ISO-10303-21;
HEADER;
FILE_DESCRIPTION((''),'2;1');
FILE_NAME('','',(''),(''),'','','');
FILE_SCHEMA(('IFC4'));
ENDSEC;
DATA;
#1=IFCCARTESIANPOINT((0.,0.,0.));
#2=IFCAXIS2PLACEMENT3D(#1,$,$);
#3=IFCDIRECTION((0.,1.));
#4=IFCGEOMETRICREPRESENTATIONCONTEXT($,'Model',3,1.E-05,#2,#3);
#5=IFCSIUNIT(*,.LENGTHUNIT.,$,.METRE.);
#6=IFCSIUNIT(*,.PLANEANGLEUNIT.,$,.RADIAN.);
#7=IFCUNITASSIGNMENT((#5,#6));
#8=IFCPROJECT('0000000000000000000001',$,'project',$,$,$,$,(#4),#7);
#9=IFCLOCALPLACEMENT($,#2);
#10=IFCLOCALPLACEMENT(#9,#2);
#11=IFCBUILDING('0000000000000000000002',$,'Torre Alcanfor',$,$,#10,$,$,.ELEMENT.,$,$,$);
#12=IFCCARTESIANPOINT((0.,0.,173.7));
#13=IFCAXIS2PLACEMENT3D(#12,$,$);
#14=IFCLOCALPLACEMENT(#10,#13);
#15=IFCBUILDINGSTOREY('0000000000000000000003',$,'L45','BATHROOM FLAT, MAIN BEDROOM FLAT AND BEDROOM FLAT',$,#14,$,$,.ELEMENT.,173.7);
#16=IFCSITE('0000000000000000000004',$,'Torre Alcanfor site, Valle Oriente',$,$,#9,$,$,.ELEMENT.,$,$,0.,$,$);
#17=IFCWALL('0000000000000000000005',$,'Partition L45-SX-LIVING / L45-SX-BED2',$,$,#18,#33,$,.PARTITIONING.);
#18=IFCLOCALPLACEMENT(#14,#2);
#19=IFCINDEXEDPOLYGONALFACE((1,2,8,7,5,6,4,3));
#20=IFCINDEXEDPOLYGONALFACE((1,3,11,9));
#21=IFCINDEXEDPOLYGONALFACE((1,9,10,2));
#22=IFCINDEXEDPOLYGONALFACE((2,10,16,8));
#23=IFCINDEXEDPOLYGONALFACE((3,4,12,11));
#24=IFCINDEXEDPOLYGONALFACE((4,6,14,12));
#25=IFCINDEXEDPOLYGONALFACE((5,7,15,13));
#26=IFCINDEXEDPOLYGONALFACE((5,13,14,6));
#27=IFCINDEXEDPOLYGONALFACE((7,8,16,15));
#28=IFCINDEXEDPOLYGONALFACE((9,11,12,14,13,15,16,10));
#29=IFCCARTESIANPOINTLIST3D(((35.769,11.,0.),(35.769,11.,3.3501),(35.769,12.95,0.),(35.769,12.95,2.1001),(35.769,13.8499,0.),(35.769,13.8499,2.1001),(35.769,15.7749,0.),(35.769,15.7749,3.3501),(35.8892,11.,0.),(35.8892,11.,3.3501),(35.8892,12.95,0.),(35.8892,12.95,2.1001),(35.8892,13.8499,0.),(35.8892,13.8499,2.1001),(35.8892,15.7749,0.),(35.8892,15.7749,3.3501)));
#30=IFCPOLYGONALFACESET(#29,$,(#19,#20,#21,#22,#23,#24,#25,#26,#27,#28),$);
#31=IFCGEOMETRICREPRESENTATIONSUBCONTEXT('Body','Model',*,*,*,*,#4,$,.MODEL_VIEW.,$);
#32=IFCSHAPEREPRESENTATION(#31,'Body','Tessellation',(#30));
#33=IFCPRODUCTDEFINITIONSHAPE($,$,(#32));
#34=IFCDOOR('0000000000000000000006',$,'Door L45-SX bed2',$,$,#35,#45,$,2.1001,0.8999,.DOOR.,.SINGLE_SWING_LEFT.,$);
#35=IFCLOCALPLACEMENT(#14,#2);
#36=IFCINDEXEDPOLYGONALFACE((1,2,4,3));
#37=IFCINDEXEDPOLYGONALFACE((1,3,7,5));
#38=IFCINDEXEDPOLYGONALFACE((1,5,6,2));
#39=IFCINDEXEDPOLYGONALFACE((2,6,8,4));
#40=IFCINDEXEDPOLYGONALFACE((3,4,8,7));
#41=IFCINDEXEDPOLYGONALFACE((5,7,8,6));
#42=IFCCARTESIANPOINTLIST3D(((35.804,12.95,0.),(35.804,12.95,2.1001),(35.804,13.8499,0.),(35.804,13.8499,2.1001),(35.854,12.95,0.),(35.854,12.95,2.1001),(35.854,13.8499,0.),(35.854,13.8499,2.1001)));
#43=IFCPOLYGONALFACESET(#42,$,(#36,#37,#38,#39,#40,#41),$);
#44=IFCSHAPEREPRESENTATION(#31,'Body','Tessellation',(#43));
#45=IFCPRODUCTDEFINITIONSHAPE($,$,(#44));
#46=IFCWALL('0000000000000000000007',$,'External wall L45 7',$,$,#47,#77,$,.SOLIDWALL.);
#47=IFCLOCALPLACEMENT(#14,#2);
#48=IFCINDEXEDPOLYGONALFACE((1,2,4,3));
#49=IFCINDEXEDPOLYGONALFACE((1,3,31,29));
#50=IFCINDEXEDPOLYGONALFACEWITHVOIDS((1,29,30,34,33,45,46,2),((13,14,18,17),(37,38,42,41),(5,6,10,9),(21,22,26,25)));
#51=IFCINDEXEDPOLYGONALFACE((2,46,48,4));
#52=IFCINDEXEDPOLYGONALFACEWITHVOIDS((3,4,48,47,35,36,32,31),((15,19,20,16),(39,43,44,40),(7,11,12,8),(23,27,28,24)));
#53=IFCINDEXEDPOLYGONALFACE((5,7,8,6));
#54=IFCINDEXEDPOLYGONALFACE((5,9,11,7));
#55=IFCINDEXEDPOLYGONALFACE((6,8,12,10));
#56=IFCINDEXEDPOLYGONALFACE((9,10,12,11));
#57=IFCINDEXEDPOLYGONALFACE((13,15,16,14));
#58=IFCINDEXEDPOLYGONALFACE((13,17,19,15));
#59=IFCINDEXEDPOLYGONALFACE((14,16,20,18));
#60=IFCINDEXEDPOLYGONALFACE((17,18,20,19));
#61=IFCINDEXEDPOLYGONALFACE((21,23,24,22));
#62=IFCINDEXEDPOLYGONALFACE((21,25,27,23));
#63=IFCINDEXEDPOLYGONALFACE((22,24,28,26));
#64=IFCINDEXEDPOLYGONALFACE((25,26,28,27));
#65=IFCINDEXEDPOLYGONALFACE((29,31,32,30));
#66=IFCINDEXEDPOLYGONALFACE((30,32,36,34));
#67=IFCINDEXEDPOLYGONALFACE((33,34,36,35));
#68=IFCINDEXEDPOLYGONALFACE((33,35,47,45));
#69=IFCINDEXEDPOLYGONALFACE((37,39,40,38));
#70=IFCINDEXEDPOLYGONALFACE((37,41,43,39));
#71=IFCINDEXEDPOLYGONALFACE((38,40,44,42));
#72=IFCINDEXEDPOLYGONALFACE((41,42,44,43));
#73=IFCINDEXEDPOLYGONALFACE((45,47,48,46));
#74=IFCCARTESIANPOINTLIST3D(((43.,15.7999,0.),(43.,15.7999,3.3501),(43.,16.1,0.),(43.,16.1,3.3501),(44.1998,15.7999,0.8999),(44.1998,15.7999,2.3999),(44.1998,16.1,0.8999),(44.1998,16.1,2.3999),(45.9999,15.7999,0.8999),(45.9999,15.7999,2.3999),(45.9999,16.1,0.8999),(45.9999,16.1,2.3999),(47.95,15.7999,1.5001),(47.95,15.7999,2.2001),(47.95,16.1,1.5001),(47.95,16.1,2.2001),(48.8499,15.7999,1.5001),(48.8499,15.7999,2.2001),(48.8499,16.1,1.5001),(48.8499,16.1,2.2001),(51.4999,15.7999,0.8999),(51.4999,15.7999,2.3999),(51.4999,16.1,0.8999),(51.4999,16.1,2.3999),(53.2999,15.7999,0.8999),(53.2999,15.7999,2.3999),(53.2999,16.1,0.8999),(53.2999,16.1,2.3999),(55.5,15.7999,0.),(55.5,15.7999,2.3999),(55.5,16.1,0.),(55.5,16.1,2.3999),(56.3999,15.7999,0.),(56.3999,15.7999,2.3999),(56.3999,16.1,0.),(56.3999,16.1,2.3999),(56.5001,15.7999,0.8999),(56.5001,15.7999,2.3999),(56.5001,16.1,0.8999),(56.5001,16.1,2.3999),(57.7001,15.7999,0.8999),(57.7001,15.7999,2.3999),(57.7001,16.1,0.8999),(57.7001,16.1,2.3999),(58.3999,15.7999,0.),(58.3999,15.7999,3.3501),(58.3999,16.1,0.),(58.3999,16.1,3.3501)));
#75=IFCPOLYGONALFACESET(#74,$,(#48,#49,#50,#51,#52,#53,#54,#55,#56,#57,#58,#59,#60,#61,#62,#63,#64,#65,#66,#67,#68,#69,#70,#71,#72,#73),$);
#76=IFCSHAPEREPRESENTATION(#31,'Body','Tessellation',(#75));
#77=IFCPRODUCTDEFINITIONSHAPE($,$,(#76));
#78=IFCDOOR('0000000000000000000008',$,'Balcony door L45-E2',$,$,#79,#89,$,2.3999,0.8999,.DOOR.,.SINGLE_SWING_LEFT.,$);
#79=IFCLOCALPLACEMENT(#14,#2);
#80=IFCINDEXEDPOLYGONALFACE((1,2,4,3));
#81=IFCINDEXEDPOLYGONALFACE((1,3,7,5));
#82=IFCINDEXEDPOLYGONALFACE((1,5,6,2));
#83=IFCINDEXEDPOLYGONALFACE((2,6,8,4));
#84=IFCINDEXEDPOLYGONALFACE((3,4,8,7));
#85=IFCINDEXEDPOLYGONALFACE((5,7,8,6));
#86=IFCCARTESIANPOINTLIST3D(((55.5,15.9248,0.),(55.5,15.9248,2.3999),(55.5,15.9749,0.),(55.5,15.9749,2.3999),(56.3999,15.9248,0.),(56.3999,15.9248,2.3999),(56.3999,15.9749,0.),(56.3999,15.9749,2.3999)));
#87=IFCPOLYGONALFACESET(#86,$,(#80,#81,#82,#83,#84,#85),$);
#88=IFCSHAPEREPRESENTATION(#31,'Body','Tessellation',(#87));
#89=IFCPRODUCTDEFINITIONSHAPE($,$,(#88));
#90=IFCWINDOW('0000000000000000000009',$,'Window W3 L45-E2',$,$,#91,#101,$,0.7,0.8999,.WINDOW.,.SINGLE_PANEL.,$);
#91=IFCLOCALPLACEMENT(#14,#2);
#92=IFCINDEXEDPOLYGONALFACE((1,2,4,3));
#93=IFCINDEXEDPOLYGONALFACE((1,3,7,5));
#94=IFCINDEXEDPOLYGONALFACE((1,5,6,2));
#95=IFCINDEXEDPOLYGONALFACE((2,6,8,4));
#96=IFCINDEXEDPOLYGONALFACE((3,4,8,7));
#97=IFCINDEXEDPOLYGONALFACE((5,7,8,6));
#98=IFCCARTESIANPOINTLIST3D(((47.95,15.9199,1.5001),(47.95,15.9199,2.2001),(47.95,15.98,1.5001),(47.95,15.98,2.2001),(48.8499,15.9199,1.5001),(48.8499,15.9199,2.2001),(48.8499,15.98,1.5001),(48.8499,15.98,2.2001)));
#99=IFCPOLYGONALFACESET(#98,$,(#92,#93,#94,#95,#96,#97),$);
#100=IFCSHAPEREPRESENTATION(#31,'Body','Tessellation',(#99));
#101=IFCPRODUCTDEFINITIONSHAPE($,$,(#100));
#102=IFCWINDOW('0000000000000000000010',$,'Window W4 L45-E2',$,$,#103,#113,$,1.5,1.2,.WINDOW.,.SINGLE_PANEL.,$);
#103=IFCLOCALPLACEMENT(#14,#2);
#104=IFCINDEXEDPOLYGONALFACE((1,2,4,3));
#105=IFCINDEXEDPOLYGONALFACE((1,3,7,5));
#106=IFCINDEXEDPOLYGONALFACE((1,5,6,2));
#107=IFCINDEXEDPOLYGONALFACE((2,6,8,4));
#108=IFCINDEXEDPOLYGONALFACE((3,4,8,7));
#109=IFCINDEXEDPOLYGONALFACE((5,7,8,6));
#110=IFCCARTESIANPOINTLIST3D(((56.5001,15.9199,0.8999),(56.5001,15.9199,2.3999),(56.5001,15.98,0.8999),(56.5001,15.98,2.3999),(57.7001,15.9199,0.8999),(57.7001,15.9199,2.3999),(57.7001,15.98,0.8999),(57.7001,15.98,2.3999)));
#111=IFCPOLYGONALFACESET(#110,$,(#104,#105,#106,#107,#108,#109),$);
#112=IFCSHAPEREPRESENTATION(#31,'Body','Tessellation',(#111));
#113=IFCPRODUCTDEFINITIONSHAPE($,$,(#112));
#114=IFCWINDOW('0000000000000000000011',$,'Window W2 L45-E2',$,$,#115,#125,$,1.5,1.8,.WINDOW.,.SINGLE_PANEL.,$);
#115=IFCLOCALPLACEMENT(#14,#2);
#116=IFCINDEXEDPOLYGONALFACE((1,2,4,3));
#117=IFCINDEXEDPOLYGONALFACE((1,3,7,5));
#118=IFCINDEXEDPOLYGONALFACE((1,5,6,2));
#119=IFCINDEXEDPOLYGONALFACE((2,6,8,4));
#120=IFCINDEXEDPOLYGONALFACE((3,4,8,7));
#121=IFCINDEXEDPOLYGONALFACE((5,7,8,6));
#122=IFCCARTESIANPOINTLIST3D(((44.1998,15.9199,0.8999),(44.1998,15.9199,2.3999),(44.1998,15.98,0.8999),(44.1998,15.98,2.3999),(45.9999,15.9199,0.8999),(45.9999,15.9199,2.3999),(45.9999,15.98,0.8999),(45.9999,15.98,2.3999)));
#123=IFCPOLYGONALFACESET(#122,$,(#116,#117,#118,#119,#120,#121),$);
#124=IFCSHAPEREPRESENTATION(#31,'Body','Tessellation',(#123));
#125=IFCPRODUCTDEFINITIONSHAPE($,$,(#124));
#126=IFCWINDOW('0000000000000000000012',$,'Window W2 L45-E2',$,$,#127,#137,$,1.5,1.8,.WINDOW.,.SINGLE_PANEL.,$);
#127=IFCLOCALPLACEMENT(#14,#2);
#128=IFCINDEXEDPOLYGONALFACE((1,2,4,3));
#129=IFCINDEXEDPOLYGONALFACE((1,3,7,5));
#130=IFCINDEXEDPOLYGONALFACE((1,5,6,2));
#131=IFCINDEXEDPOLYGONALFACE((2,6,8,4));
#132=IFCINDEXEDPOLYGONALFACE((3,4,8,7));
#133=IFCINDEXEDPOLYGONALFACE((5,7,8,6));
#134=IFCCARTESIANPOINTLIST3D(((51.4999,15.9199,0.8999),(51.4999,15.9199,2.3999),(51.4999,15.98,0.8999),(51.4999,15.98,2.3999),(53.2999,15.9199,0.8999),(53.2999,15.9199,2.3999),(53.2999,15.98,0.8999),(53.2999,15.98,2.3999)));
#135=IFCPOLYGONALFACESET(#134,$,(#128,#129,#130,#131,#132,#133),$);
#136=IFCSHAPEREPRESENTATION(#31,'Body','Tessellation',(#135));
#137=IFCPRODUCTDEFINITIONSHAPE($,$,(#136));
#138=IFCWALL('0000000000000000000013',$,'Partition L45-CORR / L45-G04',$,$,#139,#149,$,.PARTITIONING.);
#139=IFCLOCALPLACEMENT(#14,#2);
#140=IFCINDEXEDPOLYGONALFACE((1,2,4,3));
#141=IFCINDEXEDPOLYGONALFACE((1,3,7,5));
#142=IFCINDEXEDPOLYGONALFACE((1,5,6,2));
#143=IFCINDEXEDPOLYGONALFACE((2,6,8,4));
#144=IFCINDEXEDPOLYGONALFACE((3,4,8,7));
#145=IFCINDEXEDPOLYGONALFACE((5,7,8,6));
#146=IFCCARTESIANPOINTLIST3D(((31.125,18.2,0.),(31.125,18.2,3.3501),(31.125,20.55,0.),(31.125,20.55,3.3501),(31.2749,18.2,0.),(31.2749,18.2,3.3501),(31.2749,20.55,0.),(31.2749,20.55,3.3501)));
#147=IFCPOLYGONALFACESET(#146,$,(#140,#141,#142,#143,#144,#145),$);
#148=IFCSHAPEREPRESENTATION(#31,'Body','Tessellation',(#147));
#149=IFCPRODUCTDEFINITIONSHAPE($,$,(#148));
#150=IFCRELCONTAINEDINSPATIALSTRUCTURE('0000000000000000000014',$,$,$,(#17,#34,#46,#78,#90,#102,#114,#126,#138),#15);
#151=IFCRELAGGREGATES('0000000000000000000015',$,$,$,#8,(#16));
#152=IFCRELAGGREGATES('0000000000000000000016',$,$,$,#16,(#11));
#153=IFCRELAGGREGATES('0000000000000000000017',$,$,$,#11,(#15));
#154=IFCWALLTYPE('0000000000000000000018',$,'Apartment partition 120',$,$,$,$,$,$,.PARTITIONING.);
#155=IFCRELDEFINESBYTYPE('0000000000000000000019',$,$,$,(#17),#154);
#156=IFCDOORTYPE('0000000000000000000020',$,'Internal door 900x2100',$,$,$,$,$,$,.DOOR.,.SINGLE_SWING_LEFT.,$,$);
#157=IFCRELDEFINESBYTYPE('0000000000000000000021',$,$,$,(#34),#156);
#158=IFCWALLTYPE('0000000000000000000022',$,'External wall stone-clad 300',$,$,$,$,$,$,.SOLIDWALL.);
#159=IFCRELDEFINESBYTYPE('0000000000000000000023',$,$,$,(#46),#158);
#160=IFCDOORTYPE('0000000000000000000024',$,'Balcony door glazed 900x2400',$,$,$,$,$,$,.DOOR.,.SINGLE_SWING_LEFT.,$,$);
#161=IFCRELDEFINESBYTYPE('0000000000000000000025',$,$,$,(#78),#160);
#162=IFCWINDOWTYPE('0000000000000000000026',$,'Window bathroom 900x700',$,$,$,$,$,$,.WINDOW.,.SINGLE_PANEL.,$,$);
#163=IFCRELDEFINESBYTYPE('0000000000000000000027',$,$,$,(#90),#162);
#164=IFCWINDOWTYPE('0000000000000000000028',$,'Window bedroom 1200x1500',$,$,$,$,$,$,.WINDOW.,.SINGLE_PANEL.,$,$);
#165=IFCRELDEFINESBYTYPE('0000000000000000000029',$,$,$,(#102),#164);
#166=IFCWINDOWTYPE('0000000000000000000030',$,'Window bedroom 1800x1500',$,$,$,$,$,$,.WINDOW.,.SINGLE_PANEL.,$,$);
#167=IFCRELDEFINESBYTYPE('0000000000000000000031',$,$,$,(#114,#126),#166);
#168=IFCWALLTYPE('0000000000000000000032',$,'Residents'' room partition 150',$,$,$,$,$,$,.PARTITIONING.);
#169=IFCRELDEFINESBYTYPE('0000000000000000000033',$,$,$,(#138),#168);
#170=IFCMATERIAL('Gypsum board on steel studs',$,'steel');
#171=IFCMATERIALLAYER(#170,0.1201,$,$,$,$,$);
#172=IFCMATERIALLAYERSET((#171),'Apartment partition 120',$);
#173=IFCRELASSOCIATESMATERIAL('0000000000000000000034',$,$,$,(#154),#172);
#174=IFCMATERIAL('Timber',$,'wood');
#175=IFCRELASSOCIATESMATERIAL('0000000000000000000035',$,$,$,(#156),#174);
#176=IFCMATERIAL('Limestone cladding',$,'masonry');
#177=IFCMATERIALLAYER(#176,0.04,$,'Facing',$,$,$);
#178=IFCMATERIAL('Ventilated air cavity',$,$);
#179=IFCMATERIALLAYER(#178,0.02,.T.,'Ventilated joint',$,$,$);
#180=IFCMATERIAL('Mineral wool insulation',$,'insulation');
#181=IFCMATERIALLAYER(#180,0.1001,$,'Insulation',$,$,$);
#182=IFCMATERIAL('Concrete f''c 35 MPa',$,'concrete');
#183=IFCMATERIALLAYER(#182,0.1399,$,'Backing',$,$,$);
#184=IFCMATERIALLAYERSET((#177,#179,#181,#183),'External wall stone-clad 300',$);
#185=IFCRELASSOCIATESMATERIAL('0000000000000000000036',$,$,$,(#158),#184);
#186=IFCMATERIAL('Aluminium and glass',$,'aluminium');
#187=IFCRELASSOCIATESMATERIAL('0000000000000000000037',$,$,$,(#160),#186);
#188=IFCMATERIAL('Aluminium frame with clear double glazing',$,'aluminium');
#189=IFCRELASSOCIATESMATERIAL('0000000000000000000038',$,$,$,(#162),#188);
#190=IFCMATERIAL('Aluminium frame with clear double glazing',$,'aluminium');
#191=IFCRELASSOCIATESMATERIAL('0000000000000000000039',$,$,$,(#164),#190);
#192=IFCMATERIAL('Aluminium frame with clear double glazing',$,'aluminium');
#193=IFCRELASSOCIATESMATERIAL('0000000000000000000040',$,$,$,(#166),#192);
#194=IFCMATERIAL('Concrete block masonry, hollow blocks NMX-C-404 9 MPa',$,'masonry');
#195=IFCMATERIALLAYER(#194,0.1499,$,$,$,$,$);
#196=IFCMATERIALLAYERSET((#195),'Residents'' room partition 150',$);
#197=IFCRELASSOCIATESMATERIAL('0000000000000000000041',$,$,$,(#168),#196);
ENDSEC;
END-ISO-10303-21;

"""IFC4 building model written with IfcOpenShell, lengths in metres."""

from ifc_helpers import new_model, si_unit, direction, frame, frame_2d, origin, place, context, subcontext, project, spatial, rectangle, extrude, material, layer, layer_set, type_object, element, fill, save


model = new_model("IFC4")

# Units and contexts
model_context = context("Model", 3, precision=1e-05, world=origin(), true_north=direction((0.0, 1.0)))
body_context = subcontext(model_context, "Body", "Model", "MODEL_VIEW")
ifc_project = project(units=[si_unit("LENGTHUNIT", "METRE"), si_unit("PLANEANGLEUNIT", "RADIAN")], contexts=[model_context])

# Site, building, storey
site_placement = place(None, origin())
site = spatial("IfcSite", under=ifc_project, at=site_placement, Name="Torre Alcanfor site, Valle Oriente", CompositionType="ELEMENT", RefElevation=0.0)
building_placement = place(site_placement, origin())
building = spatial("IfcBuilding", under=site, at=building_placement, Name="Torre Alcanfor", CompositionType="ELEMENT")
storey_placement = place(building_placement, frame((0.0, 0.0, 173.7)))
storey = spatial("IfcBuildingStorey", under=building, at=storey_placement, Name="L45", Description="BATHROOM FLAT, MAIN BEDROOM FLAT AND BEDROOM FLAT", CompositionType="ELEMENT", Elevation=173.7)

# Wall, opening, door
ifc_material_1 = material(Name="Gypsum board on steel studs", Category="steel")
ifc_layer_1 = layer(ifc_material_1, 0.1201)
ifc_layer_set_1 = layer_set([ifc_layer_1], Name="Apartment partition 120")
wall_type_1 = type_object("IfcWallType", Name="Apartment partition 120", PredefinedType="PARTITIONING", material=ifc_layer_set_1)
wall_1_placement = place(storey_placement, frame((35.8291, 15.7749, 0.0), z_axis=(0.0, 0.0, 1.0), x_axis=(0.0, -1.0, 0.0)))
wall_1 = element("IfcWall", 1, at=wall_1_placement, inside=storey, type_object=wall_type_1, Name="Partition L45-SX-LIVING / L45-SX-BED2", PredefinedType="PARTITIONING", context=body_context, shape_type="SweptSolid", body=[
    extrude(rectangle(XDim=4.7749, YDim=0.1201, at=frame_2d((2.3875, 0.0))), origin(), (0.0, 0.0, 1.0), 3.3501),
])
opening_1_placement = place(wall_1_placement, frame((1.925, 0.0, 0.0)))
opening_1 = element("IfcOpeningElement", 2, at=opening_1_placement, cuts=wall_1, PredefinedType="OPENING", context=body_context, shape_type="SweptSolid", body=[
    extrude(rectangle(XDim=0.8999, YDim=2.1001, at=frame_2d((0.45, 1.05))), frame((0.0, 0.0701, 0.0), z_axis=(0.0, -1.0, 0.0), x_axis=(1.0, 0.0, 0.0)), (0.0, 0.0, 1.0), 0.1401),
])
ifc_material_2 = material(Name="Timber", Category="wood")
door_type_1 = type_object("IfcDoorType", Name="Internal door 900x2100", OperationType="SINGLE_SWING_LEFT", PredefinedType="DOOR", material=ifc_material_2)
door_1_placement = place(opening_1_placement, origin())
door_1 = element("IfcDoor", 3, at=door_1_placement, inside=storey, type_object=door_type_1, Name="Door L45-SX bed2", OperationType="SINGLE_SWING_LEFT", OverallHeight=2.1001, OverallWidth=0.8999, PredefinedType="DOOR", context=body_context, shape_type="SweptSolid", body=[
    extrude(rectangle(XDim=0.8999, YDim=2.1001, at=frame_2d((0.45, 1.05))), frame((0.0, 0.0249, 0.0), z_axis=(0.0, -1.0, 0.0), x_axis=(1.0, 0.0, 0.0)), (0.0, 0.0, 1.0), 0.05),
])
fill(opening_1, door_1)

# Wall, openings, door, windows
ifc_material_3 = material(Name="Limestone cladding", Category="masonry")
ifc_layer_2 = layer(ifc_material_3, 0.04, Name="Facing")
ifc_material_4 = material(Name="Ventilated air cavity")
ifc_layer_3 = layer(ifc_material_4, 0.02, ventilated=True, Name="Ventilated joint")
ifc_material_5 = material(Name="Mineral wool insulation", Category="insulation")
ifc_layer_4 = layer(ifc_material_5, 0.1001, Name="Insulation")
ifc_material_6 = material(Name="Concrete f'c 35 MPa", Category="concrete")
ifc_layer_5 = layer(ifc_material_6, 0.1399, Name="Backing")
ifc_layer_set_2 = layer_set([ifc_layer_2, ifc_layer_3, ifc_layer_4, ifc_layer_5], Name="External wall stone-clad 300")
wall_type_2 = type_object("IfcWallType", Name="External wall stone-clad 300", PredefinedType="SOLIDWALL", material=ifc_layer_set_2)
wall_2_placement = place(storey_placement, frame((43.0, 15.95, 0.0), z_axis=(0.0, 0.0, 1.0), x_axis=(1.0, 0.0, 0.0)))
wall_2 = element("IfcWall", 4, at=wall_2_placement, inside=storey, type_object=wall_type_2, Name="External wall L45 7", PredefinedType="SOLIDWALL", context=body_context, shape_type="SweptSolid", body=[
    extrude(rectangle(XDim=15.3999, YDim=0.3, at=frame_2d((7.7, 0.0))), origin(), (0.0, 0.0, 1.0), 3.3501),
])
opening_2_placement = place(wall_2_placement, frame((1.2, 0.0, 0.8999)))
opening_2 = element("IfcOpeningElement", 5, at=opening_2_placement, cuts=wall_2, PredefinedType="OPENING", context=body_context, shape_type="SweptSolid", body=[
    extrude(rectangle(XDim=1.8, YDim=1.5, at=frame_2d((0.8999, 0.75))), frame((0.0, 0.1599, 0.0), z_axis=(0.0, -1.0, 0.0), x_axis=(1.0, 0.0, 0.0)), (0.0, 0.0, 1.0), 0.3201),
])
opening_3_placement = place(wall_2_placement, frame((4.95, 0.0, 1.5)))
opening_3 = element("IfcOpeningElement", 6, at=opening_3_placement, cuts=wall_2, PredefinedType="OPENING", context=body_context, shape_type="SweptSolid", body=[
    extrude(rectangle(XDim=0.8999, YDim=0.7, at=frame_2d((0.45, 0.3501))), frame((0.0, 0.1599, 0.0), z_axis=(0.0, -1.0, 0.0), x_axis=(1.0, 0.0, 0.0)), (0.0, 0.0, 1.0), 0.3201),
])
opening_4_placement = place(wall_2_placement, frame((8.5, 0.0, 0.8999)))
opening_4 = element("IfcOpeningElement", 7, at=opening_4_placement, cuts=wall_2, PredefinedType="OPENING", context=body_context, shape_type="SweptSolid", body=[
    extrude(rectangle(XDim=1.8, YDim=1.5, at=frame_2d((0.8999, 0.75))), frame((0.0, 0.1599, 0.0), z_axis=(0.0, -1.0, 0.0), x_axis=(1.0, 0.0, 0.0)), (0.0, 0.0, 1.0), 0.3201),
])
opening_5_placement = place(wall_2_placement, frame((12.5, 0.0, 0.0)))
opening_5 = element("IfcOpeningElement", 8, at=opening_5_placement, cuts=wall_2, PredefinedType="OPENING", context=body_context, shape_type="SweptSolid", body=[
    extrude(rectangle(XDim=0.8999, YDim=2.3999, at=frame_2d((0.45, 1.2))), frame((0.0, 0.1599, 0.0), z_axis=(0.0, -1.0, 0.0), x_axis=(1.0, 0.0, 0.0)), (0.0, 0.0, 1.0), 0.3201),
])
opening_6_placement = place(wall_2_placement, frame((13.5, 0.0, 0.8999)))
opening_6 = element("IfcOpeningElement", 9, at=opening_6_placement, cuts=wall_2, PredefinedType="OPENING", context=body_context, shape_type="SweptSolid", body=[
    extrude(rectangle(XDim=1.2, YDim=1.5, at=frame_2d((0.6001, 0.75))), frame((0.0, 0.1599, 0.0), z_axis=(0.0, -1.0, 0.0), x_axis=(1.0, 0.0, 0.0)), (0.0, 0.0, 1.0), 0.3201),
])
ifc_material_7 = material(Name="Aluminium and glass", Category="aluminium")
door_type_2 = type_object("IfcDoorType", Name="Balcony door glazed 900x2400", OperationType="SINGLE_SWING_LEFT", PredefinedType="DOOR", material=ifc_material_7)
door_2_placement = place(opening_5_placement, origin())
door_2 = element("IfcDoor", 10, at=door_2_placement, inside=storey, type_object=door_type_2, Name="Balcony door L45-E2", OperationType="SINGLE_SWING_LEFT", OverallHeight=2.3999, OverallWidth=0.8999, PredefinedType="DOOR", context=body_context, shape_type="SweptSolid", body=[
    extrude(rectangle(XDim=0.8999, YDim=2.3999, at=frame_2d((0.45, 1.2))), frame((0.0, 0.0249, 0.0), z_axis=(0.0, -1.0, 0.0), x_axis=(1.0, 0.0, 0.0)), (0.0, 0.0, 1.0), 0.05),
])
fill(opening_5, door_2)
ifc_material_8 = material(Name="Aluminium frame with clear double glazing", Category="aluminium")
window_type_1 = type_object("IfcWindowType", Name="Window bathroom 900x700", PartitioningType="SINGLE_PANEL", PredefinedType="WINDOW", material=ifc_material_8)
window_1_placement = place(opening_3_placement, origin())
window_1 = element("IfcWindow", 11, at=window_1_placement, inside=storey, type_object=window_type_1, Name="Window W3 L45-E2", OverallHeight=0.7, OverallWidth=0.8999, PartitioningType="SINGLE_PANEL", PredefinedType="WINDOW", context=body_context, shape_type="SweptSolid", body=[
    extrude(rectangle(XDim=0.8999, YDim=0.7, at=frame_2d((0.45, 0.3501))), frame((0.0, 0.03, 0.0), z_axis=(0.0, -1.0, 0.0), x_axis=(1.0, 0.0, 0.0)), (0.0, 0.0, 1.0), 0.0601),
])
fill(opening_3, window_1)
ifc_material_9 = material(Name="Aluminium frame with clear double glazing", Category="aluminium")
window_type_2 = type_object("IfcWindowType", Name="Window bedroom 1200x1500", PartitioningType="SINGLE_PANEL", PredefinedType="WINDOW", material=ifc_material_9)
window_2_placement = place(opening_6_placement, origin())
window_2 = element("IfcWindow", 12, at=window_2_placement, inside=storey, type_object=window_type_2, Name="Window W4 L45-E2", OverallHeight=1.5, OverallWidth=1.2, PartitioningType="SINGLE_PANEL", PredefinedType="WINDOW", context=body_context, shape_type="SweptSolid", body=[
    extrude(rectangle(XDim=1.2, YDim=1.5, at=frame_2d((0.6001, 0.75))), frame((0.0, 0.03, 0.0), z_axis=(0.0, -1.0, 0.0), x_axis=(1.0, 0.0, 0.0)), (0.0, 0.0, 1.0), 0.0601),
])
fill(opening_6, window_2)
ifc_material_10 = material(Name="Aluminium frame with clear double glazing", Category="aluminium")
window_type_3 = type_object("IfcWindowType", Name="Window bedroom 1800x1500", PartitioningType="SINGLE_PANEL", PredefinedType="WINDOW", material=ifc_material_10)
window_3_placement = place(opening_2_placement, origin())
window_3 = element("IfcWindow", 13, at=window_3_placement, inside=storey, type_object=window_type_3, Name="Window W2 L45-E2", OverallHeight=1.5, OverallWidth=1.8, PartitioningType="SINGLE_PANEL", PredefinedType="WINDOW", context=body_context, shape_type="SweptSolid", body=[
    extrude(rectangle(XDim=1.8, YDim=1.5, at=frame_2d((0.8999, 0.75))), frame((0.0, 0.03, 0.0), z_axis=(0.0, -1.0, 0.0), x_axis=(1.0, 0.0, 0.0)), (0.0, 0.0, 1.0), 0.0601),
])
fill(opening_2, window_3)
window_4_placement = place(opening_4_placement, origin())
window_4 = element("IfcWindow", 14, at=window_4_placement, inside=storey, type_object=window_type_3, Name="Window W2 L45-E2", OverallHeight=1.5, OverallWidth=1.8, PartitioningType="SINGLE_PANEL", PredefinedType="WINDOW", context=body_context, shape_type="SweptSolid", body=[
    extrude(rectangle(XDim=1.8, YDim=1.5, at=frame_2d((0.8999, 0.75))), frame((0.0, 0.03, 0.0), z_axis=(0.0, -1.0, 0.0), x_axis=(1.0, 0.0, 0.0)), (0.0, 0.0, 1.0), 0.0601),
])
fill(opening_4, window_4)

# Wall
ifc_material_11 = material(Name="Concrete block masonry, hollow blocks NMX-C-404 9 MPa", Category="masonry")
ifc_layer_6 = layer(ifc_material_11, 0.1499)
ifc_layer_set_3 = layer_set([ifc_layer_6], Name="Residents' room partition 150")
wall_type_3 = type_object("IfcWallType", Name="Residents' room partition 150", PredefinedType="PARTITIONING", material=ifc_layer_set_3)
wall_3_placement = place(storey_placement, frame((31.2, 18.2, 0.0), z_axis=(0.0, 0.0, 1.0), x_axis=(0.0, 1.0, 0.0)))
element("IfcWall", 15, at=wall_3_placement, inside=storey, type_object=wall_type_3, Name="Partition L45-CORR / L45-G04", PredefinedType="PARTITIONING", context=body_context, shape_type="SweptSolid", body=[
    extrude(rectangle(XDim=2.3501, YDim=0.1499, at=frame_2d((1.175, 0.0))), origin(), (0.0, 0.0, 1.0), 3.3501),
])

save(model, "model.ifc")
